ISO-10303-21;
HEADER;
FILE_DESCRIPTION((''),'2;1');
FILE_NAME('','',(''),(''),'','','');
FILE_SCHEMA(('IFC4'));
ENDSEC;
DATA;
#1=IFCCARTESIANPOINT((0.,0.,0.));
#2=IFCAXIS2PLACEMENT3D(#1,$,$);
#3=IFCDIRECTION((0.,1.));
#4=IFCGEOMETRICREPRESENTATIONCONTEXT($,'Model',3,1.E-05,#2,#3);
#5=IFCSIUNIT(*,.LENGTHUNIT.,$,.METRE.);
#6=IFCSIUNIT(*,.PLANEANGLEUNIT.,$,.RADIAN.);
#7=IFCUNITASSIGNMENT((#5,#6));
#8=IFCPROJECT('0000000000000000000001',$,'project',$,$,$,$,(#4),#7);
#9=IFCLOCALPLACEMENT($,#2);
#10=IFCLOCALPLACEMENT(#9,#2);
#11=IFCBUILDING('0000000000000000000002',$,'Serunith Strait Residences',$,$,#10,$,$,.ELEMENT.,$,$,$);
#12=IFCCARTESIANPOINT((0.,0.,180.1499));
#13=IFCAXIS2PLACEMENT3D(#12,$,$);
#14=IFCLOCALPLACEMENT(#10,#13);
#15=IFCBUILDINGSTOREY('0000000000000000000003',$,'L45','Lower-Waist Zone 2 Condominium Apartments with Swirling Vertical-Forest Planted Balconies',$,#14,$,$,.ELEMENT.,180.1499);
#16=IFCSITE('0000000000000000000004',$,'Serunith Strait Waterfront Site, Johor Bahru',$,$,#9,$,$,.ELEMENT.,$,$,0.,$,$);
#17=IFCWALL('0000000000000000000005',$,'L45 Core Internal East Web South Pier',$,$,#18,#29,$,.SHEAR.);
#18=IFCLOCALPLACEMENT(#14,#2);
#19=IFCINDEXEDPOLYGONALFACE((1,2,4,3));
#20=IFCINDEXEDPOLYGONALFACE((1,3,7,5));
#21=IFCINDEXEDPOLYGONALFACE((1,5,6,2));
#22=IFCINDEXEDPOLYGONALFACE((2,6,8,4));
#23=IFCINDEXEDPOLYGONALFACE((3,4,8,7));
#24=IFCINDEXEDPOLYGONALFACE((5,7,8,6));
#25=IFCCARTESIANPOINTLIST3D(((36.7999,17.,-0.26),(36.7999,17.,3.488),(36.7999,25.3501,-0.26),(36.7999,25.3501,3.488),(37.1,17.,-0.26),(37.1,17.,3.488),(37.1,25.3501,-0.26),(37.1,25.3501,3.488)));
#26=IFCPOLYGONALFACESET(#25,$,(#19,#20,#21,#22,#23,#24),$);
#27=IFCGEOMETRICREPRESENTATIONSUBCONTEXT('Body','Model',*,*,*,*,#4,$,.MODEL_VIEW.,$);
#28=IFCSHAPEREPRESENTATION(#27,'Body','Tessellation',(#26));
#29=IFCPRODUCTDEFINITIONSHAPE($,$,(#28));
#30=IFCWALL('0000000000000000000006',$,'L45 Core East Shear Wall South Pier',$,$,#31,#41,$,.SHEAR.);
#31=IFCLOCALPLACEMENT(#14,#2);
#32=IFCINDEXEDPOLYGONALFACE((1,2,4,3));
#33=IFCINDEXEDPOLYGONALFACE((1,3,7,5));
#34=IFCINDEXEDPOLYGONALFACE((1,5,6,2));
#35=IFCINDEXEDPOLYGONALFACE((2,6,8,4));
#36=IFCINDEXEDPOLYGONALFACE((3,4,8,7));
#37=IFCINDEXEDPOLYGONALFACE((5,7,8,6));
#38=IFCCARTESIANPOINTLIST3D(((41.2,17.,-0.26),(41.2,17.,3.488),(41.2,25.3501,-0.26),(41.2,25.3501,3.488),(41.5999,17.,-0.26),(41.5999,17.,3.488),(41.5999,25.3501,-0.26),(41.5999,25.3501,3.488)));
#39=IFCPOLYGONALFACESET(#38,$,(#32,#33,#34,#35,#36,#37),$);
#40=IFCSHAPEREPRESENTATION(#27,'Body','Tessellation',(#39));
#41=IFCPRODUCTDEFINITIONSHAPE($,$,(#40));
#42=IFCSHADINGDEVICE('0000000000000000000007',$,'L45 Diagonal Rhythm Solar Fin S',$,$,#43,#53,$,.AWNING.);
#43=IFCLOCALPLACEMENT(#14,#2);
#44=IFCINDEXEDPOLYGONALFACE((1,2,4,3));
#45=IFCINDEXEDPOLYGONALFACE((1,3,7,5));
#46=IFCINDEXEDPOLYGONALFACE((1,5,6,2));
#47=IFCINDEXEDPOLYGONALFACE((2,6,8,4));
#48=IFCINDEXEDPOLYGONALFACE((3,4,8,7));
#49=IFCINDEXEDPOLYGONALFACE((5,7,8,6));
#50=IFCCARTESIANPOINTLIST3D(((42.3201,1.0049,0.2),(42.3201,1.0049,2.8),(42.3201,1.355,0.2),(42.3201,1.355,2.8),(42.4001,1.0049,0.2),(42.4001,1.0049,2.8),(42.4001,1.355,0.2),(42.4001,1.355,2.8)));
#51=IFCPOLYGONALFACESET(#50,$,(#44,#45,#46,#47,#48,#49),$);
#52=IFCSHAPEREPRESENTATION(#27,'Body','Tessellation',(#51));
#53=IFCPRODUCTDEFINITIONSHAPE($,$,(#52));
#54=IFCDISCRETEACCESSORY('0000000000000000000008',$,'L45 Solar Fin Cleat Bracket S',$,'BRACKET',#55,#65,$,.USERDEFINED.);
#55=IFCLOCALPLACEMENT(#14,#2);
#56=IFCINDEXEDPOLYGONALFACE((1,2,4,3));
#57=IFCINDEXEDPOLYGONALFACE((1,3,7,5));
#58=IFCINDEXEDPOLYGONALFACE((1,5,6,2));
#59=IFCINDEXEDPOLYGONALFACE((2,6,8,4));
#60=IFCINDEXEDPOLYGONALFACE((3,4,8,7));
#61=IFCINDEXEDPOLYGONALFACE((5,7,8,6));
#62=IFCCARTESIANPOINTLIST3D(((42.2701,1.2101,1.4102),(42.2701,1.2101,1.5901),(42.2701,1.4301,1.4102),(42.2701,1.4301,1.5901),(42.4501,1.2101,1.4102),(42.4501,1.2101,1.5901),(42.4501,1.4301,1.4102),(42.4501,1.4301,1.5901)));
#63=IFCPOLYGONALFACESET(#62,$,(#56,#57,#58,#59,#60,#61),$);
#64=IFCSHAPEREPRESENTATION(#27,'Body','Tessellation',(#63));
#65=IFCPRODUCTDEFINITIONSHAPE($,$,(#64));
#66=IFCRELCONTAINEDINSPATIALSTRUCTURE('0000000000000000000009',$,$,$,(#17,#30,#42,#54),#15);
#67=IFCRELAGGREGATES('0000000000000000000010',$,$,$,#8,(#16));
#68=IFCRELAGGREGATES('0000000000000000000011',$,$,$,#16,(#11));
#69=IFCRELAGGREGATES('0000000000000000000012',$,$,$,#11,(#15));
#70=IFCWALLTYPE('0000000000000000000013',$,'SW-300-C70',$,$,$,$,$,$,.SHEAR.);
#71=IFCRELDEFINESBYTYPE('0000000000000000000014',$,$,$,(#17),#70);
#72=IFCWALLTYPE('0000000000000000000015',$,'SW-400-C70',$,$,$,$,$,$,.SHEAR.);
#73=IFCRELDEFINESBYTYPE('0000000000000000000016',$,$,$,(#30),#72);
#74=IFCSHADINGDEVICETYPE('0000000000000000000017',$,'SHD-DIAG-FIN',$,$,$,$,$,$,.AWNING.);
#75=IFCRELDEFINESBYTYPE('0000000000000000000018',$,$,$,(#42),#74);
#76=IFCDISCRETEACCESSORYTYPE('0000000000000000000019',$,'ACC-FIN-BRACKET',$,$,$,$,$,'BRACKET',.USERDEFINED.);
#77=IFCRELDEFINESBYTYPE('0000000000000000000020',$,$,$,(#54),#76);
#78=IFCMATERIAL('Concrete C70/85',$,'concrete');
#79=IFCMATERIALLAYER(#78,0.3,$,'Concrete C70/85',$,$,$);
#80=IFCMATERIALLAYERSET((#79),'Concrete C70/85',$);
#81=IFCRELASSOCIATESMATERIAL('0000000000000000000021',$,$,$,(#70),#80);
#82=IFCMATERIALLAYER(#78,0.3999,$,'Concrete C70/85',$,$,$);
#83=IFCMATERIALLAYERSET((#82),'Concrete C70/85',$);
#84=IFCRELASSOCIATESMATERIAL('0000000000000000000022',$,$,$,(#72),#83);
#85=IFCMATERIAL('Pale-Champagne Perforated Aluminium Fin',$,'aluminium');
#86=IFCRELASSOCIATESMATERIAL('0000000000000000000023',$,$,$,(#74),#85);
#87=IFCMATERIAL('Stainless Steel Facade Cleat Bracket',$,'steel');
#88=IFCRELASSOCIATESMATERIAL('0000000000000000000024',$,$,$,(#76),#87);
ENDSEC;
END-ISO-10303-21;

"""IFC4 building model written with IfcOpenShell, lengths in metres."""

from ifc_helpers import new_model, si_unit, direction, frame, frame_2d, origin, origin_2d, place, context, subcontext, project, spatial, rectangle, extrude, source, transform, mapped, material, layer, layer_set, type_object, element, save


model = new_model("IFC4")

# Units and contexts
model_context = context("Model", 3, precision=1e-05, world=origin(), true_north=direction((0.0, 1.0)))
body_context = subcontext(model_context, "Body", "Model", "MODEL_VIEW")
ifc_project = project(units=[si_unit("LENGTHUNIT", "METRE"), si_unit("PLANEANGLEUNIT", "RADIAN")], contexts=[model_context])

# Site, building, storey
site_placement = place(None, origin())
site = spatial("IfcSite", under=ifc_project, at=site_placement, Name="Serunith Strait Waterfront Site, Johor Bahru", CompositionType="ELEMENT", RefElevation=0.0)
building_placement = place(site_placement, origin())
building = spatial("IfcBuilding", under=site, at=building_placement, Name="Serunith Strait Residences", CompositionType="ELEMENT")
storey_placement = place(building_placement, frame((0.0, 0.0, 180.1499)))
storey = spatial("IfcBuildingStorey", under=building, at=storey_placement, Name="L45", Description="Lower-Waist Zone 2 Condominium Apartments with Swirling Vertical-Forest Planted Balconies", CompositionType="ELEMENT", Elevation=180.1499)

# Walls
ifc_material_1 = material(Name="Concrete C70/85", Category="concrete")
ifc_layer_1 = layer(ifc_material_1, 0.3, Name="Concrete C70/85")
ifc_layer_set_1 = layer_set([ifc_layer_1], Name="Concrete C70/85")
wall_type_1 = type_object("IfcWallType", Name="SW-300-C70", PredefinedType="SHEAR", material=ifc_layer_set_1)
wall_1_placement = place(storey_placement, frame((36.95, 17.0, -0.26), z_axis=(0.0, 0.0, 1.0), x_axis=(0.0, 1.0, 0.0)))
element("IfcWall", 1, at=wall_1_placement, inside=storey, type_object=wall_type_1, Name="L45 Core Internal East Web South Pier", PredefinedType="SHEAR", context=body_context, shape_type="SweptSolid", body=[
    extrude(rectangle(XDim=8.3501, YDim=0.3, at=frame_2d((4.175, 0.0))), origin(), (0.0, 0.0, 1.0), 3.748),
])
ifc_layer_2 = layer(ifc_material_1, 0.3999, Name="Concrete C70/85")
ifc_layer_set_2 = layer_set([ifc_layer_2], Name="Concrete C70/85")
wall_type_2 = type_object("IfcWallType", Name="SW-400-C70", PredefinedType="SHEAR", material=ifc_layer_set_2)
wall_2_placement = place(storey_placement, frame((41.3999, 17.0, -0.26), z_axis=(0.0, 0.0, 1.0), x_axis=(0.0, 1.0, 0.0)))
element("IfcWall", 2, at=wall_2_placement, inside=storey, type_object=wall_type_2, Name="L45 Core East Shear Wall South Pier", PredefinedType="SHEAR", context=body_context, shape_type="SweptSolid", body=[
    extrude(rectangle(XDim=8.3501, YDim=0.3999, at=frame_2d((4.175, 0.0))), origin(), (0.0, 0.0, 1.0), 3.748),
])

# Shading device
ifc_material_2 = material(Name="Pale-Champagne Perforated Aluminium Fin", Category="aluminium")
shading_device_type = type_object("IfcShadingDeviceType", Name="SHD-DIAG-FIN", PredefinedType="AWNING", material=ifc_material_2)
shared_shape_1 = source(origin(), body_context, "Body", "SweptSolid", [
    extrude(rectangle(XDim=0.0801, YDim=0.3501, at=origin_2d()), origin(), (0.0, 0.0, 1.0), 2.6001),
])
shading_device_placement = place(storey_placement, frame((42.3601, 1.1799, 0.2), z_axis=(0.0, 0.0, 1.0), x_axis=(1.0, 0.0, 0.0)))
element("IfcShadingDevice", 3, at=shading_device_placement, inside=storey, type_object=shading_device_type, Name="L45 Diagonal Rhythm Solar Fin S", PredefinedType="AWNING", context=body_context, shape_type="MappedRepresentation", body=[
    mapped(shared_shape_1, transform((0.0, 0.0, 0.0), scale=1.0)),
])

# Discrete accessory
ifc_material_3 = material(Name="Stainless Steel Facade Cleat Bracket", Category="steel")
discrete_accessory_type = type_object("IfcDiscreteAccessoryType", Name="ACC-FIN-BRACKET", ElementType="BRACKET", PredefinedType="USERDEFINED", material=ifc_material_3)
shared_shape_2 = source(origin(), body_context, "Body", "SweptSolid", [
    extrude(rectangle(XDim=0.1799, YDim=0.22, at=origin_2d()), origin(), (0.0, 0.0, 1.0), 0.1799),
])
discrete_accessory_placement = place(storey_placement, frame((42.3601, 1.3201, 1.4102), z_axis=(0.0, 0.0, 1.0), x_axis=(1.0, 0.0, 0.0)))
element("IfcDiscreteAccessory", 4, at=discrete_accessory_placement, inside=storey, type_object=discrete_accessory_type, Name="L45 Solar Fin Cleat Bracket S", ObjectType="BRACKET", PredefinedType="USERDEFINED", context=body_context, shape_type="MappedRepresentation", body=[
    mapped(shared_shape_2, transform((0.0, 0.0, 0.0), scale=1.0)),
])

save(model, "model.ifc")
